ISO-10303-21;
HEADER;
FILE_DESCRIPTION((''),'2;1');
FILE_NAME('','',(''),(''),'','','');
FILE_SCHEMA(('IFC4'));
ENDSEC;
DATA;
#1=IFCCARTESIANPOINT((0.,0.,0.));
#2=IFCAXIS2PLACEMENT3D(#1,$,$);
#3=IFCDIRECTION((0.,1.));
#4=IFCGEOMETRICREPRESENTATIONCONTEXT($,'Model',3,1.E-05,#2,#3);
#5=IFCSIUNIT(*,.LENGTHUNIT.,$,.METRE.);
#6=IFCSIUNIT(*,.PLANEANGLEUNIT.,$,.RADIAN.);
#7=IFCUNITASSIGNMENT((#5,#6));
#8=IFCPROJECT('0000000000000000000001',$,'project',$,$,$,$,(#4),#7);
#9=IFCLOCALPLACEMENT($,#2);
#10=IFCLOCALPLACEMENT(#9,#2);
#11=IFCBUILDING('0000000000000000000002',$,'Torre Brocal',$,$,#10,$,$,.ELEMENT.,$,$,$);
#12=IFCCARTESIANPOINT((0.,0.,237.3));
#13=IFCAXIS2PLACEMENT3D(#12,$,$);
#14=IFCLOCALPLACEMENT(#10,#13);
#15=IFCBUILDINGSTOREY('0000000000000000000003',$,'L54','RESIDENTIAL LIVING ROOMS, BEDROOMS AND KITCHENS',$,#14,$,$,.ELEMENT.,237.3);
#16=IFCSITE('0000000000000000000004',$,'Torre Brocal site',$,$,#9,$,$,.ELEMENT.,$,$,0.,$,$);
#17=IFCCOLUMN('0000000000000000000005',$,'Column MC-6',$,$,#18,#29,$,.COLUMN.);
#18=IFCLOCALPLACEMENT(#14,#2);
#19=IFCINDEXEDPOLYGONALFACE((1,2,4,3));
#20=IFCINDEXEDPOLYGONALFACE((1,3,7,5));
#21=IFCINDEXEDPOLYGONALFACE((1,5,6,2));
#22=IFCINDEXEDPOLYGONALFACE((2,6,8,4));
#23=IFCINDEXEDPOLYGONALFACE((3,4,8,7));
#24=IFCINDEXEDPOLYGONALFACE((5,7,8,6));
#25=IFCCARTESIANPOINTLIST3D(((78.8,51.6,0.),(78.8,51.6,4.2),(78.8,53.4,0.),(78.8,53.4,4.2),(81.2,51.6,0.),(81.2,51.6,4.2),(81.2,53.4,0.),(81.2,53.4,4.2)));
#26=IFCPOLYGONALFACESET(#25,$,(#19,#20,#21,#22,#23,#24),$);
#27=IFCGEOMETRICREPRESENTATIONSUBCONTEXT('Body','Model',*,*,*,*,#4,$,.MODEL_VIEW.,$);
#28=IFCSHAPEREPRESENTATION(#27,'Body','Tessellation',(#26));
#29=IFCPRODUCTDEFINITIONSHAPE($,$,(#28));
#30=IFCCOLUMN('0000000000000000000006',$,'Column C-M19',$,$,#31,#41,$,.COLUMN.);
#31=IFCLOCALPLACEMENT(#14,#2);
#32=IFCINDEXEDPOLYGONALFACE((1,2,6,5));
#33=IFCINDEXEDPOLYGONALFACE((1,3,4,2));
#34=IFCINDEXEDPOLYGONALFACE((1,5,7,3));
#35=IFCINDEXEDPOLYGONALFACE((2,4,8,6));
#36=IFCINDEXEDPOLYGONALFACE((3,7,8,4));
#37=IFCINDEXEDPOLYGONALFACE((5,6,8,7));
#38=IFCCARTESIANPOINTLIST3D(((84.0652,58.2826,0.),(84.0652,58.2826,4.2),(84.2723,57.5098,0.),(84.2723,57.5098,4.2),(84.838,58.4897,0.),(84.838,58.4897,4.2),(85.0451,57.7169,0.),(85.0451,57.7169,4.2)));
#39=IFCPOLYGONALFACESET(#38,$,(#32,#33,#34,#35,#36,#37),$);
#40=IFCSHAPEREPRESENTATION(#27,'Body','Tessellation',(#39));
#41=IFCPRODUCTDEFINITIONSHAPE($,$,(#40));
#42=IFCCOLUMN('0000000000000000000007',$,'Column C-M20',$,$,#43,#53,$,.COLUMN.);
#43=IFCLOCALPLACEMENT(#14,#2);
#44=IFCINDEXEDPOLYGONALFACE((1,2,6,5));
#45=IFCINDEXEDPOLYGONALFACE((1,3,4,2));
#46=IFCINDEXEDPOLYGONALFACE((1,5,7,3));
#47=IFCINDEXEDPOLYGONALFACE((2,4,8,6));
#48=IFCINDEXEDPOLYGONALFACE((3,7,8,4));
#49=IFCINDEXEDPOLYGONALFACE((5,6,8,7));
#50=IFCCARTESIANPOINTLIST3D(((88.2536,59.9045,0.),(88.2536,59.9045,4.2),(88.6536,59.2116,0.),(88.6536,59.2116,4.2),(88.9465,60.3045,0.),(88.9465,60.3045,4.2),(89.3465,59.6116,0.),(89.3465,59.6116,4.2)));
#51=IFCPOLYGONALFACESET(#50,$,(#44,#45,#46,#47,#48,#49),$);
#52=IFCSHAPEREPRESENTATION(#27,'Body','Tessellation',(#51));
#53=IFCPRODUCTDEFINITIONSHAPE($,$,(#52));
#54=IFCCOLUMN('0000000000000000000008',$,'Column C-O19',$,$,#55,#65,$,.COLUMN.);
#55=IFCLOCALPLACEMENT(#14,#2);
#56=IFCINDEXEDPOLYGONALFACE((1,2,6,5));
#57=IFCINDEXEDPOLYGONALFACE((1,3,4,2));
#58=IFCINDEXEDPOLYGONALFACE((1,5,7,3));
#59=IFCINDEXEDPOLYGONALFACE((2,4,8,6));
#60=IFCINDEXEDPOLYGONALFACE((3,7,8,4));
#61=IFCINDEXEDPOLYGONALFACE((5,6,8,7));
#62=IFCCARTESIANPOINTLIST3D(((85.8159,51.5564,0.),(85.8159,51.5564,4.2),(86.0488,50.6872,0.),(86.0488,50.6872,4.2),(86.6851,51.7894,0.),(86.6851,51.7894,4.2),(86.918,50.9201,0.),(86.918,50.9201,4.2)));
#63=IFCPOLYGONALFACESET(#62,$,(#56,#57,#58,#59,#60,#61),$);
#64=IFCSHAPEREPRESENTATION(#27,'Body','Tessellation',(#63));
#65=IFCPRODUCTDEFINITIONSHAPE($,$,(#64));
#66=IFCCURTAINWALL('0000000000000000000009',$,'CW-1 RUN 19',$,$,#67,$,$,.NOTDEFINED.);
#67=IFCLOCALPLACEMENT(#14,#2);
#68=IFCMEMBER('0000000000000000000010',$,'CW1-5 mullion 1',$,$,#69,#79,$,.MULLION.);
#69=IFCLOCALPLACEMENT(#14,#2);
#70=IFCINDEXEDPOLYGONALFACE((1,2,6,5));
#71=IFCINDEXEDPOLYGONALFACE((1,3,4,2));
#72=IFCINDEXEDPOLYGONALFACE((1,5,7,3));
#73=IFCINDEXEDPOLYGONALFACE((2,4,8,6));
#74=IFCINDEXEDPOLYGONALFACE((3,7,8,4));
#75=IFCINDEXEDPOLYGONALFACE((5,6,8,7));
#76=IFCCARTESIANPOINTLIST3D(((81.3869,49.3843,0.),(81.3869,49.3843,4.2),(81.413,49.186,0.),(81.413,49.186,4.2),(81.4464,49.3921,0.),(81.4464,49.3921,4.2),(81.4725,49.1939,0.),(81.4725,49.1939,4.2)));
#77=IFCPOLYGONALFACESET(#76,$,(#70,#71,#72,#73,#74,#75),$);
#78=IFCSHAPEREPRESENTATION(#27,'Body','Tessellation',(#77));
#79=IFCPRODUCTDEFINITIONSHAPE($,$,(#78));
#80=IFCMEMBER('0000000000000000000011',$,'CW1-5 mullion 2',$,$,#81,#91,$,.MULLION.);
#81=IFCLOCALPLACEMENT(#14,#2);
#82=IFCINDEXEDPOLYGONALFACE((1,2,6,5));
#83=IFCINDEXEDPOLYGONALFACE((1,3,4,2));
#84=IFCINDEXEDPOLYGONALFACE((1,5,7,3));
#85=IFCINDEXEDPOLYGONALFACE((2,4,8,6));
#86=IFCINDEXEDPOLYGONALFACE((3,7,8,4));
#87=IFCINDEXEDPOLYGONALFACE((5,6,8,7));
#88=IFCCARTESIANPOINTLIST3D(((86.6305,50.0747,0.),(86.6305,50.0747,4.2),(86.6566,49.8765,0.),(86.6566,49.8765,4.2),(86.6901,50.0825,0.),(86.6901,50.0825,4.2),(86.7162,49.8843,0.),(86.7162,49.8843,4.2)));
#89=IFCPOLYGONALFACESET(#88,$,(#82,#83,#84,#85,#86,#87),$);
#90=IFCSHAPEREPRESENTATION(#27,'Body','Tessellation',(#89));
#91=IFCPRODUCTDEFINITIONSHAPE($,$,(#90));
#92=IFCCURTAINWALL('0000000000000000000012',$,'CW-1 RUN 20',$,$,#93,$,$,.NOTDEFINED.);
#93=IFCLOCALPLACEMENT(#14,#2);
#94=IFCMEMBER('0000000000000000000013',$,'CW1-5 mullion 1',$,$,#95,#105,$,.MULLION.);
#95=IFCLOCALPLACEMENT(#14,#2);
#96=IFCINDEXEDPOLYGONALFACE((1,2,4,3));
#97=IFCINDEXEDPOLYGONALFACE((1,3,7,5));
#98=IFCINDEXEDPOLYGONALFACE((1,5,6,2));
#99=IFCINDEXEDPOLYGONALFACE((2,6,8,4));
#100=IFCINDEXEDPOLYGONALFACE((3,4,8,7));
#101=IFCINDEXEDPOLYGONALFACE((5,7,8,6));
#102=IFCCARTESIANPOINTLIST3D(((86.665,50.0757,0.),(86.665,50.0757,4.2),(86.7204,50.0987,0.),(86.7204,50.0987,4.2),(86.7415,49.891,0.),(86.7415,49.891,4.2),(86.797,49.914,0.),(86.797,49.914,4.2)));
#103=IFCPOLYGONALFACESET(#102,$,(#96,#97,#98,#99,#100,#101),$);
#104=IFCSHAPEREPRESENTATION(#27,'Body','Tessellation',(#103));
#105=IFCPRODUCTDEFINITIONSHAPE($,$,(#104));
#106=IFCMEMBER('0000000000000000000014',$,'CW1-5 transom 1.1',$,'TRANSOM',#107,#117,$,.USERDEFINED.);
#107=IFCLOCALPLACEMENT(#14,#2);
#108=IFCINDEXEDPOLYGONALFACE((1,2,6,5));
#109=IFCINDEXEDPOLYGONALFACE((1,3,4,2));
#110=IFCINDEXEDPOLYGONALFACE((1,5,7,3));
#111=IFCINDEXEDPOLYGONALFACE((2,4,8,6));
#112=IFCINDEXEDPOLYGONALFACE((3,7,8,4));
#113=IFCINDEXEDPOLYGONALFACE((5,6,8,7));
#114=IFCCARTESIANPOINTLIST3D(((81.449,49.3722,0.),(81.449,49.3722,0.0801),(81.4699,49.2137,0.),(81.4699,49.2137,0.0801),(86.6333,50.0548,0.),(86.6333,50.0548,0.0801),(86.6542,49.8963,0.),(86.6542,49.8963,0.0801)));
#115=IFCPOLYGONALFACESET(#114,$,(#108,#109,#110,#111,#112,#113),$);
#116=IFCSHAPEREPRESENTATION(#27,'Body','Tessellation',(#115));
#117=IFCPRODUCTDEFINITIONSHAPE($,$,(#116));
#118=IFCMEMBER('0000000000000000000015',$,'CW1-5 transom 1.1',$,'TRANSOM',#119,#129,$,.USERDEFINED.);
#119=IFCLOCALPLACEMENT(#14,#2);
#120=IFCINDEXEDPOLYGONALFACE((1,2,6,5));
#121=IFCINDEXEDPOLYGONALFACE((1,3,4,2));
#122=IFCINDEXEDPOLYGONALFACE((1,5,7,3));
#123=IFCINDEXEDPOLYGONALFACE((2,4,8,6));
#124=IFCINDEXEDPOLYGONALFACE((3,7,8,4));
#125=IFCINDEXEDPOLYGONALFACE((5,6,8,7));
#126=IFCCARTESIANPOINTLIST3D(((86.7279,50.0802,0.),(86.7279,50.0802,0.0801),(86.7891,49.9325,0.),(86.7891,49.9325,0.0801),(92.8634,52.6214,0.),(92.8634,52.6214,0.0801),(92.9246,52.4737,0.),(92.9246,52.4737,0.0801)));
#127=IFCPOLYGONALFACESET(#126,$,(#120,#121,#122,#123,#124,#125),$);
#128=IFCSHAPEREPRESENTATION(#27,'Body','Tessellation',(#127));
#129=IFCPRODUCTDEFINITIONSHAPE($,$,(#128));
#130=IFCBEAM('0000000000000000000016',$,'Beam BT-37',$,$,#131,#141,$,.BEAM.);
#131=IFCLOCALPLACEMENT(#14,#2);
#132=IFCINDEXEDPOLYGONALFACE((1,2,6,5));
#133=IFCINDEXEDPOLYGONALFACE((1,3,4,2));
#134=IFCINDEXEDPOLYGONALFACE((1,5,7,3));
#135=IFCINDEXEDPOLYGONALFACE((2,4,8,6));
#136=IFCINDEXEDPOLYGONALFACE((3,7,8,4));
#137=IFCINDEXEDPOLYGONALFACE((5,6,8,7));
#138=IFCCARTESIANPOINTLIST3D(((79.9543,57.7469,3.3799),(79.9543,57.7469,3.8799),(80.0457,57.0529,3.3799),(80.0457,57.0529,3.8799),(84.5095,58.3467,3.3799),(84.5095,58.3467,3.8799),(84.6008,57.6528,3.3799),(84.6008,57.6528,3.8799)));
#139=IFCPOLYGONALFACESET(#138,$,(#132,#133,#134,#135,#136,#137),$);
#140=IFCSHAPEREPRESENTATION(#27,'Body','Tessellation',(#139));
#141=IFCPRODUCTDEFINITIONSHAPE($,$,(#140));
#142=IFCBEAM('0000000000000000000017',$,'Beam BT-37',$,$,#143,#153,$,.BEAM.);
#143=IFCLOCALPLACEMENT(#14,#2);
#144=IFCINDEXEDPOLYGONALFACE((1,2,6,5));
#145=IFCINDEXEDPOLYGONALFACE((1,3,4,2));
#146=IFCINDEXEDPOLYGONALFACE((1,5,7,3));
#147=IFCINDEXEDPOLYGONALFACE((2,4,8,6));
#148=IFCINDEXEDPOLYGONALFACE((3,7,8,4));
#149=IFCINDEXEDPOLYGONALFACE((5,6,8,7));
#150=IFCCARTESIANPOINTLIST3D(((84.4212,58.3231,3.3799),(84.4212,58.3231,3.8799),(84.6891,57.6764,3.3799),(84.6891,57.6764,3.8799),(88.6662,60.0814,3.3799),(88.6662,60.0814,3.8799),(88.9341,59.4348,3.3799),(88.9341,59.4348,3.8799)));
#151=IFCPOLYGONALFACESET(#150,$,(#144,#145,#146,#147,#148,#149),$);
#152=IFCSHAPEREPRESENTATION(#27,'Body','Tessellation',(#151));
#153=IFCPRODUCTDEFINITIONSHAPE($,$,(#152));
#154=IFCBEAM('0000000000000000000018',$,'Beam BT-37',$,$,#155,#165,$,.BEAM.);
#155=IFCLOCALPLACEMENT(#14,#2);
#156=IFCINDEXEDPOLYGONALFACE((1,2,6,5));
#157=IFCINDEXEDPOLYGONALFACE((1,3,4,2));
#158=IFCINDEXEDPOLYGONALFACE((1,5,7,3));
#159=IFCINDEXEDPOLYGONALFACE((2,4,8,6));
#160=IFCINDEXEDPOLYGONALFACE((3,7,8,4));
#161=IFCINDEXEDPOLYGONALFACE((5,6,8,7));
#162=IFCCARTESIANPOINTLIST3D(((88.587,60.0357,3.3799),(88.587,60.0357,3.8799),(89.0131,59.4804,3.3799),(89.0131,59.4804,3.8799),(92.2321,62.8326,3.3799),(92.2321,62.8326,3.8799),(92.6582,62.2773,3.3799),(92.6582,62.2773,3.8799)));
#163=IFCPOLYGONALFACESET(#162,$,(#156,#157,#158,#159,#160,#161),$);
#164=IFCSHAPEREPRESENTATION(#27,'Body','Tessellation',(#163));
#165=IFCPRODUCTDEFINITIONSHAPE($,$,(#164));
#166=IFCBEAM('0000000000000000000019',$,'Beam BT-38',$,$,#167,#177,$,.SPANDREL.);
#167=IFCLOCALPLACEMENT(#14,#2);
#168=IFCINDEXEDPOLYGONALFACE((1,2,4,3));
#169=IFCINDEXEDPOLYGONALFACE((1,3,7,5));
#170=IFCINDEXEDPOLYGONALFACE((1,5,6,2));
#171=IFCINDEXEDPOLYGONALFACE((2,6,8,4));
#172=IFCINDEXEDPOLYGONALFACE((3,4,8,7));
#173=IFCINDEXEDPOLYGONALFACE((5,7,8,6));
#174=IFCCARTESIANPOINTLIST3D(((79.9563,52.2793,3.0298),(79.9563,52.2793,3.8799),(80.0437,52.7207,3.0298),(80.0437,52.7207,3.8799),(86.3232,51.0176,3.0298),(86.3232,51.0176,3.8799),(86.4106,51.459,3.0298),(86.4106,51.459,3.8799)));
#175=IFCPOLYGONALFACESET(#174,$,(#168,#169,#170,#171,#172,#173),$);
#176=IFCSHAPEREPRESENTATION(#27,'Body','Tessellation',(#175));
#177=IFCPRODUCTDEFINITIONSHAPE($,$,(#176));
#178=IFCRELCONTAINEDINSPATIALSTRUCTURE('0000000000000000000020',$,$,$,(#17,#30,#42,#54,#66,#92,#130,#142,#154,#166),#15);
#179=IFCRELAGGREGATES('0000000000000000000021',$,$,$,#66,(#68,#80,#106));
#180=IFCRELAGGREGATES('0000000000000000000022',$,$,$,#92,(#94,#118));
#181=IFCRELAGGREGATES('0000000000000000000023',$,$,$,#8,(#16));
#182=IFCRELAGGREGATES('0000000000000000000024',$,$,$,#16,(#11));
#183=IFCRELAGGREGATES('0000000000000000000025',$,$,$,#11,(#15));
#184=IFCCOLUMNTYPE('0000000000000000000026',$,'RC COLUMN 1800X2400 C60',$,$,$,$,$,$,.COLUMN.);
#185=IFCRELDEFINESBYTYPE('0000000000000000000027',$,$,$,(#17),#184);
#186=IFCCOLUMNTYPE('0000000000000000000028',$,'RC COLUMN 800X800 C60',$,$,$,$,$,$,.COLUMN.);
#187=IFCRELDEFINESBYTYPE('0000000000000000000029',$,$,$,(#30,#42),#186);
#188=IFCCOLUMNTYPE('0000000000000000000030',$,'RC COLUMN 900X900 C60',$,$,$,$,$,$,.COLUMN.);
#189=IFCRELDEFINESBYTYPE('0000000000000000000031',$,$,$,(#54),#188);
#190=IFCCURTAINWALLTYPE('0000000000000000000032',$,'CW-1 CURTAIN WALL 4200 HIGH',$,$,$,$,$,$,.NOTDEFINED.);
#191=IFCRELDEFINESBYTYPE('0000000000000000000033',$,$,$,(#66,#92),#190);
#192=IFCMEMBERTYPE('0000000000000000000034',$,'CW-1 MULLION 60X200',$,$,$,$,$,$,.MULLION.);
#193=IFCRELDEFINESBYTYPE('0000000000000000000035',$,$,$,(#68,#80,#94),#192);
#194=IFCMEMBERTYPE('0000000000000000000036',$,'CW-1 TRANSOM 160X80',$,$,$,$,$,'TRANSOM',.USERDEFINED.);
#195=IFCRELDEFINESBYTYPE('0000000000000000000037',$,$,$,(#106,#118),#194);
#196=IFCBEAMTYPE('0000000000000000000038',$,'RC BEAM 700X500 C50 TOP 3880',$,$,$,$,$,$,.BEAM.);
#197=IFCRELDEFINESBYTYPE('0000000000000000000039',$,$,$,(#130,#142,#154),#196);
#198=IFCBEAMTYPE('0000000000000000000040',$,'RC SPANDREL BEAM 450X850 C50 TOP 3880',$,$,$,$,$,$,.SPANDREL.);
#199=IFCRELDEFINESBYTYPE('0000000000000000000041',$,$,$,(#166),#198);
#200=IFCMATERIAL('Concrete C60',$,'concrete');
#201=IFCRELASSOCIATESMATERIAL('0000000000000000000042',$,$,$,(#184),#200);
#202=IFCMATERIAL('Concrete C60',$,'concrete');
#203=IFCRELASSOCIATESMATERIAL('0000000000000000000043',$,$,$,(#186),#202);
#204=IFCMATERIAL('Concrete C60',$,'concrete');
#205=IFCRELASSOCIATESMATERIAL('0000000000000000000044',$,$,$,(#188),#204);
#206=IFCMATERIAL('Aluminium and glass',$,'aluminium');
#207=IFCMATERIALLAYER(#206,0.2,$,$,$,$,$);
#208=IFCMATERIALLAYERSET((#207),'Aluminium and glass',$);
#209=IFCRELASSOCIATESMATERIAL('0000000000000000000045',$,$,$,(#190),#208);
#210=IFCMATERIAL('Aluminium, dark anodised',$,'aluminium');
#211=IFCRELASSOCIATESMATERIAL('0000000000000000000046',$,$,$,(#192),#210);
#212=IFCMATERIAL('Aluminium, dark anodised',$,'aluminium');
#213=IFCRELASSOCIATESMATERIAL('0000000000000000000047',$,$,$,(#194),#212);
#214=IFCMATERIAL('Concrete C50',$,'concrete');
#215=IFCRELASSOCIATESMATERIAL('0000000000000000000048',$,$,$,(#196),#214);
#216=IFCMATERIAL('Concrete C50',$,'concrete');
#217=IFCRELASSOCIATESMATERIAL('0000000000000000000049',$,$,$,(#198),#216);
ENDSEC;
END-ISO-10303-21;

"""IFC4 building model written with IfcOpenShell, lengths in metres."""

from ifc_helpers import new_model, si_unit, direction, frame, origin, origin_2d, place, context, subcontext, project, spatial, rectangle, extrude, material, layer, layer_set, material_profile, profile_set, type_object, element, aggregate, save


model = new_model("IFC4")

# Units and contexts
model_context = context("Model", 3, precision=1e-05, world=origin(), true_north=direction((0.0, 1.0)))
body_context = subcontext(model_context, "Body", "Model", "MODEL_VIEW")
ifc_project = project(units=[si_unit("LENGTHUNIT", "METRE"), si_unit("PLANEANGLEUNIT", "RADIAN")], contexts=[model_context])

# Site, building, storey
site_placement = place(None, origin())
site = spatial("IfcSite", under=ifc_project, at=site_placement, Name="Torre Brocal site", CompositionType="ELEMENT", RefElevation=0.0)
building_placement = place(site_placement, origin())
building = spatial("IfcBuilding", under=site, at=building_placement, Name="Torre Brocal", CompositionType="ELEMENT")
storey_placement = place(building_placement, frame((0.0, 0.0, 237.3)))
storey = spatial("IfcBuildingStorey", under=building, at=storey_placement, Name="L54", Description="RESIDENTIAL LIVING ROOMS, BEDROOMS AND KITCHENS", CompositionType="ELEMENT", Elevation=237.3)

# Columns
ifc_material_1 = material(Name="Concrete C60", Category="concrete")
ifc_material_profile_1 = material_profile(ifc_material_1, rectangle(XDim=1.8, YDim=2.3999, at=origin_2d()), Name="RC 1800X2400")
ifc_profile_set_1 = profile_set([ifc_material_profile_1], Name="Concrete C60")
column_type_1 = type_object("IfcColumnType", Name="RC COLUMN 1800X2400 C60", PredefinedType="COLUMN", material=ifc_profile_set_1)
column_1_placement = place(storey_placement, frame((80.0, 52.5, 0.0), z_axis=(0.0, 0.0, 1.0), x_axis=(0.0, -1.0, 0.0)))
element("IfcColumn", 1, at=column_1_placement, inside=storey, type_object=column_type_1, Name="Column MC-6", PredefinedType="COLUMN", context=body_context, shape_type="SweptSolid", body=[
    extrude(rectangle(XDim=1.8, YDim=2.3999, at=origin_2d()), origin(), (0.0, 0.0, 1.0), 4.2),
])
ifc_material_2 = material(Name="Concrete C60", Category="concrete")
ifc_material_profile_2 = material_profile(ifc_material_2, rectangle(XDim=0.8, YDim=0.8, at=origin_2d()), Name="RC 800X800")
ifc_profile_set_2 = profile_set([ifc_material_profile_2], Name="Concrete C60")
column_type_2 = type_object("IfcColumnType", Name="RC COLUMN 800X800 C60", PredefinedType="COLUMN", material=ifc_profile_set_2)
for number, where, z_axis, x_axis, name in (
    (2, (84.5552, 57.9998, 0.0), (0.0, 0.0, 1.0), (0.258819, -0.965926, 0.0), "Column C-M19"),
    (3, (88.8, 59.7581, 0.0), (0.0, 0.0, 1.0), (0.5, -0.866025, 0.0), "Column C-M20"),
):
    element("IfcColumn", number, at=place(storey_placement, frame(where, z_axis=z_axis, x_axis=x_axis)), inside=storey, type_object=column_type_2, Name=name, PredefinedType="COLUMN", context=body_context, shape_type="SweptSolid", body=[
        extrude(rectangle(XDim=0.8, YDim=0.8, at=origin_2d()), origin(), (0.0, 0.0, 1.0), 4.2),
    ])
ifc_material_3 = material(Name="Concrete C60", Category="concrete")
ifc_material_profile_3 = material_profile(ifc_material_3, rectangle(XDim=0.8999, YDim=0.8999, at=origin_2d()), Name="RC 900X900")
ifc_profile_set_3 = profile_set([ifc_material_profile_3], Name="Concrete C60")
column_type_3 = type_object("IfcColumnType", Name="RC COLUMN 900X900 C60", PredefinedType="COLUMN", material=ifc_profile_set_3)
column_2_placement = place(storey_placement, frame((86.3669, 51.2383, 0.0), z_axis=(0.0, 0.0, 1.0), x_axis=(0.258819, -0.965926, 0.0)))
element("IfcColumn", 4, at=column_2_placement, inside=storey, type_object=column_type_3, Name="Column C-O19", PredefinedType="COLUMN", context=body_context, shape_type="SweptSolid", body=[
    extrude(rectangle(XDim=0.8999, YDim=0.8999, at=origin_2d()), origin(), (0.0, 0.0, 1.0), 4.2),
])

# Curtain wall, members
ifc_material_4 = material(Name="Aluminium and glass", Category="aluminium")
ifc_layer_1 = layer(ifc_material_4, 0.2)
ifc_layer_set_1 = layer_set([ifc_layer_1], Name="Aluminium and glass")
curtain_wall_type = type_object("IfcCurtainWallType", Name="CW-1 CURTAIN WALL 4200 HIGH", PredefinedType="NOTDEFINED", material=ifc_layer_set_1)
curtain_wall_1_placement = place(storey_placement, origin())
curtain_wall_1 = element("IfcCurtainWall", 5, at=curtain_wall_1_placement, inside=storey, type_object=curtain_wall_type, Name="CW-1 RUN 19", PredefinedType="NOTDEFINED")
ifc_material_5 = material(Name="Aluminium, dark anodised", Category="aluminium")
ifc_material_profile_4 = material_profile(ifc_material_5, rectangle(XDim=0.2, YDim=0.0601, at=origin_2d()), Name="CW-1 MULLION 60X200")
ifc_profile_set_4 = profile_set([ifc_material_profile_4], Name="Aluminium, dark anodised")
member_type_1 = type_object("IfcMemberType", Name="CW-1 MULLION 60X200", PredefinedType="MULLION", material=ifc_profile_set_4)
member_1_placement = place(storey_placement, frame((81.4297, 49.2891, 0.0), z_axis=(0.0, 0.0, 1.0), x_axis=(-0.130526, 0.991445, 0.0)))
member_1 = element("IfcMember", 6, at=member_1_placement, type_object=member_type_1, Name="CW1-5 mullion 1", PredefinedType="MULLION", context=body_context, shape_type="SweptSolid", body=[
    extrude(rectangle(XDim=0.2, YDim=0.0601, at=origin_2d()), origin(), (0.0, 0.0, 1.0), 4.2),
])
member_2_placement = place(storey_placement, frame((86.6733, 49.9795, 0.0), z_axis=(0.0, 0.0, 1.0), x_axis=(-0.130526, 0.991445, 0.0)))
member_2 = element("IfcMember", 7, at=member_2_placement, type_object=member_type_1, Name="CW1-5 mullion 2", PredefinedType="MULLION", context=body_context, shape_type="SweptSolid", body=[
    extrude(rectangle(XDim=0.2, YDim=0.0601, at=origin_2d()), origin(), (0.0, 0.0, 1.0), 4.2),
])

# Curtain wall, member
curtain_wall_2_placement = place(storey_placement, origin())
curtain_wall_2 = element("IfcCurtainWall", 8, at=curtain_wall_2_placement, inside=storey, type_object=curtain_wall_type, Name="CW-1 RUN 20", PredefinedType="NOTDEFINED")
member_3_placement = place(storey_placement, frame((86.731, 49.9949, 0.0), z_axis=(0.0, 0.0, 1.0), x_axis=(-0.382683, 0.92388, 0.0)))
member_3 = element("IfcMember", 9, at=member_3_placement, type_object=member_type_1, Name="CW1-5 mullion 1", PredefinedType="MULLION", context=body_context, shape_type="SweptSolid", body=[
    extrude(rectangle(XDim=0.2, YDim=0.0601, at=origin_2d()), origin(), (0.0, 0.0, 1.0), 4.2),
])

# Members
ifc_material_6 = material(Name="Aluminium, dark anodised", Category="aluminium")
ifc_material_profile_5 = material_profile(ifc_material_6, rectangle(XDim=0.1599, YDim=0.0801, at=origin_2d()), Name="CW-1 TRANSOM 160X80")
ifc_profile_set_5 = profile_set([ifc_material_profile_5], Name="Aluminium, dark anodised")
member_type_2 = type_object("IfcMemberType", Name="CW-1 TRANSOM 160X80", ElementType="TRANSOM", PredefinedType="USERDEFINED", material=ifc_profile_set_5)
member_4_placement = place(storey_placement, frame((81.4595, 49.293, 0.04), z_axis=(0.991443, 0.130543, 0.0), x_axis=(-0.130543, 0.991443, 0.0)))
member_4 = element("IfcMember", 10, at=member_4_placement, type_object=member_type_2, Name="CW1-5 transom 1.1", ObjectType="TRANSOM", PredefinedType="USERDEFINED", context=body_context, shape_type="SweptSolid", body=[
    extrude(rectangle(XDim=0.1599, YDim=0.0801, at=origin_2d()), origin(), (0.0, 0.0, 1.0), 5.229),
])
member_5_placement = place(storey_placement, frame((86.7585, 50.0063, 0.04), z_axis=(0.923887, 0.382665, 0.0), x_axis=(-0.382665, 0.923887, 0.0)))
member_5 = element("IfcMember", 11, at=member_5_placement, type_object=member_type_2, Name="CW1-5 transom 1.1", ObjectType="TRANSOM", PredefinedType="USERDEFINED", context=body_context, shape_type="SweptSolid", body=[
    extrude(rectangle(XDim=0.1599, YDim=0.0801, at=origin_2d()), origin(), (0.0, 0.0, 1.0), 6.6409),
])

# Beams
ifc_material_7 = material(Name="Concrete C50", Category="concrete")
ifc_material_profile_6 = material_profile(ifc_material_7, rectangle(XDim=0.7, YDim=0.5, at=origin_2d()), Name="RC 700X500")
ifc_profile_set_6 = profile_set([ifc_material_profile_6], Name="Concrete C50")
beam_type_1 = type_object("IfcBeamType", Name="RC BEAM 700X500 C50 TOP 3880", PredefinedType="BEAM", material=ifc_profile_set_6)
beam_1_placement = place(storey_placement, frame((80.0, 57.3999, 3.6299), z_axis=(0.991441, 0.130559, 0.0), x_axis=(-0.130559, 0.991441, 0.0)))
element("IfcBeam", 12, at=beam_1_placement, inside=storey, type_object=beam_type_1, Name="Beam BT-37", PredefinedType="BEAM", context=body_context, shape_type="SweptSolid", body=[
    extrude(rectangle(XDim=0.7, YDim=0.5, at=origin_2d()), origin(), (0.0, 0.0, 1.0), 4.5945),
])
beam_2_placement = place(storey_placement, frame((84.5552, 57.9998, 3.6299), z_axis=(0.923878, 0.382687, 0.0), x_axis=(-0.382687, 0.923878, 0.0)))
element("IfcBeam", 13, at=beam_2_placement, inside=storey, type_object=beam_type_1, Name="Beam BT-37", PredefinedType="BEAM", context=body_context, shape_type="SweptSolid", body=[
    extrude(rectangle(XDim=0.7, YDim=0.5, at=origin_2d()), origin(), (0.0, 0.0, 1.0), 4.5947),
])
beam_3_placement = place(storey_placement, frame((88.8, 59.7581, 3.6299), z_axis=(0.793358, 0.608755, 0.0), x_axis=(-0.608755, 0.793358, 0.0)))
element("IfcBeam", 14, at=beam_3_placement, inside=storey, type_object=beam_type_1, Name="Beam BT-37", PredefinedType="BEAM", context=body_context, shape_type="SweptSolid", body=[
    extrude(rectangle(XDim=0.7, YDim=0.5, at=origin_2d()), origin(), (0.0, 0.0, 1.0), 4.5945),
])
ifc_material_8 = material(Name="Concrete C50", Category="concrete")
ifc_material_profile_7 = material_profile(ifc_material_8, rectangle(XDim=0.45, YDim=0.8501, at=origin_2d()), Name="RC 450X850")
ifc_profile_set_7 = profile_set([ifc_material_profile_7], Name="Concrete C50")
beam_type_2 = type_object("IfcBeamType", Name="RC SPANDREL BEAM 450X850 C50 TOP 3880", PredefinedType="SPANDREL", material=ifc_profile_set_7)
beam_4_placement = place(storey_placement, frame((80.0, 52.5, 3.4548), z_axis=(0.980925, -0.194387, 0.0), x_axis=(0.194387, 0.980925, 0.0)))
element("IfcBeam", 15, at=beam_4_placement, inside=storey, type_object=beam_type_2, Name="Beam BT-38", PredefinedType="SPANDREL", context=body_context, shape_type="SweptSolid", body=[
    extrude(rectangle(XDim=0.45, YDim=0.8501, at=origin_2d()), origin(), (0.0, 0.0, 1.0), 6.4907),
])

aggregate(curtain_wall_1, [member_1, member_2, member_4])
aggregate(curtain_wall_2, [member_3, member_5])

save(model, "model.ifc")
